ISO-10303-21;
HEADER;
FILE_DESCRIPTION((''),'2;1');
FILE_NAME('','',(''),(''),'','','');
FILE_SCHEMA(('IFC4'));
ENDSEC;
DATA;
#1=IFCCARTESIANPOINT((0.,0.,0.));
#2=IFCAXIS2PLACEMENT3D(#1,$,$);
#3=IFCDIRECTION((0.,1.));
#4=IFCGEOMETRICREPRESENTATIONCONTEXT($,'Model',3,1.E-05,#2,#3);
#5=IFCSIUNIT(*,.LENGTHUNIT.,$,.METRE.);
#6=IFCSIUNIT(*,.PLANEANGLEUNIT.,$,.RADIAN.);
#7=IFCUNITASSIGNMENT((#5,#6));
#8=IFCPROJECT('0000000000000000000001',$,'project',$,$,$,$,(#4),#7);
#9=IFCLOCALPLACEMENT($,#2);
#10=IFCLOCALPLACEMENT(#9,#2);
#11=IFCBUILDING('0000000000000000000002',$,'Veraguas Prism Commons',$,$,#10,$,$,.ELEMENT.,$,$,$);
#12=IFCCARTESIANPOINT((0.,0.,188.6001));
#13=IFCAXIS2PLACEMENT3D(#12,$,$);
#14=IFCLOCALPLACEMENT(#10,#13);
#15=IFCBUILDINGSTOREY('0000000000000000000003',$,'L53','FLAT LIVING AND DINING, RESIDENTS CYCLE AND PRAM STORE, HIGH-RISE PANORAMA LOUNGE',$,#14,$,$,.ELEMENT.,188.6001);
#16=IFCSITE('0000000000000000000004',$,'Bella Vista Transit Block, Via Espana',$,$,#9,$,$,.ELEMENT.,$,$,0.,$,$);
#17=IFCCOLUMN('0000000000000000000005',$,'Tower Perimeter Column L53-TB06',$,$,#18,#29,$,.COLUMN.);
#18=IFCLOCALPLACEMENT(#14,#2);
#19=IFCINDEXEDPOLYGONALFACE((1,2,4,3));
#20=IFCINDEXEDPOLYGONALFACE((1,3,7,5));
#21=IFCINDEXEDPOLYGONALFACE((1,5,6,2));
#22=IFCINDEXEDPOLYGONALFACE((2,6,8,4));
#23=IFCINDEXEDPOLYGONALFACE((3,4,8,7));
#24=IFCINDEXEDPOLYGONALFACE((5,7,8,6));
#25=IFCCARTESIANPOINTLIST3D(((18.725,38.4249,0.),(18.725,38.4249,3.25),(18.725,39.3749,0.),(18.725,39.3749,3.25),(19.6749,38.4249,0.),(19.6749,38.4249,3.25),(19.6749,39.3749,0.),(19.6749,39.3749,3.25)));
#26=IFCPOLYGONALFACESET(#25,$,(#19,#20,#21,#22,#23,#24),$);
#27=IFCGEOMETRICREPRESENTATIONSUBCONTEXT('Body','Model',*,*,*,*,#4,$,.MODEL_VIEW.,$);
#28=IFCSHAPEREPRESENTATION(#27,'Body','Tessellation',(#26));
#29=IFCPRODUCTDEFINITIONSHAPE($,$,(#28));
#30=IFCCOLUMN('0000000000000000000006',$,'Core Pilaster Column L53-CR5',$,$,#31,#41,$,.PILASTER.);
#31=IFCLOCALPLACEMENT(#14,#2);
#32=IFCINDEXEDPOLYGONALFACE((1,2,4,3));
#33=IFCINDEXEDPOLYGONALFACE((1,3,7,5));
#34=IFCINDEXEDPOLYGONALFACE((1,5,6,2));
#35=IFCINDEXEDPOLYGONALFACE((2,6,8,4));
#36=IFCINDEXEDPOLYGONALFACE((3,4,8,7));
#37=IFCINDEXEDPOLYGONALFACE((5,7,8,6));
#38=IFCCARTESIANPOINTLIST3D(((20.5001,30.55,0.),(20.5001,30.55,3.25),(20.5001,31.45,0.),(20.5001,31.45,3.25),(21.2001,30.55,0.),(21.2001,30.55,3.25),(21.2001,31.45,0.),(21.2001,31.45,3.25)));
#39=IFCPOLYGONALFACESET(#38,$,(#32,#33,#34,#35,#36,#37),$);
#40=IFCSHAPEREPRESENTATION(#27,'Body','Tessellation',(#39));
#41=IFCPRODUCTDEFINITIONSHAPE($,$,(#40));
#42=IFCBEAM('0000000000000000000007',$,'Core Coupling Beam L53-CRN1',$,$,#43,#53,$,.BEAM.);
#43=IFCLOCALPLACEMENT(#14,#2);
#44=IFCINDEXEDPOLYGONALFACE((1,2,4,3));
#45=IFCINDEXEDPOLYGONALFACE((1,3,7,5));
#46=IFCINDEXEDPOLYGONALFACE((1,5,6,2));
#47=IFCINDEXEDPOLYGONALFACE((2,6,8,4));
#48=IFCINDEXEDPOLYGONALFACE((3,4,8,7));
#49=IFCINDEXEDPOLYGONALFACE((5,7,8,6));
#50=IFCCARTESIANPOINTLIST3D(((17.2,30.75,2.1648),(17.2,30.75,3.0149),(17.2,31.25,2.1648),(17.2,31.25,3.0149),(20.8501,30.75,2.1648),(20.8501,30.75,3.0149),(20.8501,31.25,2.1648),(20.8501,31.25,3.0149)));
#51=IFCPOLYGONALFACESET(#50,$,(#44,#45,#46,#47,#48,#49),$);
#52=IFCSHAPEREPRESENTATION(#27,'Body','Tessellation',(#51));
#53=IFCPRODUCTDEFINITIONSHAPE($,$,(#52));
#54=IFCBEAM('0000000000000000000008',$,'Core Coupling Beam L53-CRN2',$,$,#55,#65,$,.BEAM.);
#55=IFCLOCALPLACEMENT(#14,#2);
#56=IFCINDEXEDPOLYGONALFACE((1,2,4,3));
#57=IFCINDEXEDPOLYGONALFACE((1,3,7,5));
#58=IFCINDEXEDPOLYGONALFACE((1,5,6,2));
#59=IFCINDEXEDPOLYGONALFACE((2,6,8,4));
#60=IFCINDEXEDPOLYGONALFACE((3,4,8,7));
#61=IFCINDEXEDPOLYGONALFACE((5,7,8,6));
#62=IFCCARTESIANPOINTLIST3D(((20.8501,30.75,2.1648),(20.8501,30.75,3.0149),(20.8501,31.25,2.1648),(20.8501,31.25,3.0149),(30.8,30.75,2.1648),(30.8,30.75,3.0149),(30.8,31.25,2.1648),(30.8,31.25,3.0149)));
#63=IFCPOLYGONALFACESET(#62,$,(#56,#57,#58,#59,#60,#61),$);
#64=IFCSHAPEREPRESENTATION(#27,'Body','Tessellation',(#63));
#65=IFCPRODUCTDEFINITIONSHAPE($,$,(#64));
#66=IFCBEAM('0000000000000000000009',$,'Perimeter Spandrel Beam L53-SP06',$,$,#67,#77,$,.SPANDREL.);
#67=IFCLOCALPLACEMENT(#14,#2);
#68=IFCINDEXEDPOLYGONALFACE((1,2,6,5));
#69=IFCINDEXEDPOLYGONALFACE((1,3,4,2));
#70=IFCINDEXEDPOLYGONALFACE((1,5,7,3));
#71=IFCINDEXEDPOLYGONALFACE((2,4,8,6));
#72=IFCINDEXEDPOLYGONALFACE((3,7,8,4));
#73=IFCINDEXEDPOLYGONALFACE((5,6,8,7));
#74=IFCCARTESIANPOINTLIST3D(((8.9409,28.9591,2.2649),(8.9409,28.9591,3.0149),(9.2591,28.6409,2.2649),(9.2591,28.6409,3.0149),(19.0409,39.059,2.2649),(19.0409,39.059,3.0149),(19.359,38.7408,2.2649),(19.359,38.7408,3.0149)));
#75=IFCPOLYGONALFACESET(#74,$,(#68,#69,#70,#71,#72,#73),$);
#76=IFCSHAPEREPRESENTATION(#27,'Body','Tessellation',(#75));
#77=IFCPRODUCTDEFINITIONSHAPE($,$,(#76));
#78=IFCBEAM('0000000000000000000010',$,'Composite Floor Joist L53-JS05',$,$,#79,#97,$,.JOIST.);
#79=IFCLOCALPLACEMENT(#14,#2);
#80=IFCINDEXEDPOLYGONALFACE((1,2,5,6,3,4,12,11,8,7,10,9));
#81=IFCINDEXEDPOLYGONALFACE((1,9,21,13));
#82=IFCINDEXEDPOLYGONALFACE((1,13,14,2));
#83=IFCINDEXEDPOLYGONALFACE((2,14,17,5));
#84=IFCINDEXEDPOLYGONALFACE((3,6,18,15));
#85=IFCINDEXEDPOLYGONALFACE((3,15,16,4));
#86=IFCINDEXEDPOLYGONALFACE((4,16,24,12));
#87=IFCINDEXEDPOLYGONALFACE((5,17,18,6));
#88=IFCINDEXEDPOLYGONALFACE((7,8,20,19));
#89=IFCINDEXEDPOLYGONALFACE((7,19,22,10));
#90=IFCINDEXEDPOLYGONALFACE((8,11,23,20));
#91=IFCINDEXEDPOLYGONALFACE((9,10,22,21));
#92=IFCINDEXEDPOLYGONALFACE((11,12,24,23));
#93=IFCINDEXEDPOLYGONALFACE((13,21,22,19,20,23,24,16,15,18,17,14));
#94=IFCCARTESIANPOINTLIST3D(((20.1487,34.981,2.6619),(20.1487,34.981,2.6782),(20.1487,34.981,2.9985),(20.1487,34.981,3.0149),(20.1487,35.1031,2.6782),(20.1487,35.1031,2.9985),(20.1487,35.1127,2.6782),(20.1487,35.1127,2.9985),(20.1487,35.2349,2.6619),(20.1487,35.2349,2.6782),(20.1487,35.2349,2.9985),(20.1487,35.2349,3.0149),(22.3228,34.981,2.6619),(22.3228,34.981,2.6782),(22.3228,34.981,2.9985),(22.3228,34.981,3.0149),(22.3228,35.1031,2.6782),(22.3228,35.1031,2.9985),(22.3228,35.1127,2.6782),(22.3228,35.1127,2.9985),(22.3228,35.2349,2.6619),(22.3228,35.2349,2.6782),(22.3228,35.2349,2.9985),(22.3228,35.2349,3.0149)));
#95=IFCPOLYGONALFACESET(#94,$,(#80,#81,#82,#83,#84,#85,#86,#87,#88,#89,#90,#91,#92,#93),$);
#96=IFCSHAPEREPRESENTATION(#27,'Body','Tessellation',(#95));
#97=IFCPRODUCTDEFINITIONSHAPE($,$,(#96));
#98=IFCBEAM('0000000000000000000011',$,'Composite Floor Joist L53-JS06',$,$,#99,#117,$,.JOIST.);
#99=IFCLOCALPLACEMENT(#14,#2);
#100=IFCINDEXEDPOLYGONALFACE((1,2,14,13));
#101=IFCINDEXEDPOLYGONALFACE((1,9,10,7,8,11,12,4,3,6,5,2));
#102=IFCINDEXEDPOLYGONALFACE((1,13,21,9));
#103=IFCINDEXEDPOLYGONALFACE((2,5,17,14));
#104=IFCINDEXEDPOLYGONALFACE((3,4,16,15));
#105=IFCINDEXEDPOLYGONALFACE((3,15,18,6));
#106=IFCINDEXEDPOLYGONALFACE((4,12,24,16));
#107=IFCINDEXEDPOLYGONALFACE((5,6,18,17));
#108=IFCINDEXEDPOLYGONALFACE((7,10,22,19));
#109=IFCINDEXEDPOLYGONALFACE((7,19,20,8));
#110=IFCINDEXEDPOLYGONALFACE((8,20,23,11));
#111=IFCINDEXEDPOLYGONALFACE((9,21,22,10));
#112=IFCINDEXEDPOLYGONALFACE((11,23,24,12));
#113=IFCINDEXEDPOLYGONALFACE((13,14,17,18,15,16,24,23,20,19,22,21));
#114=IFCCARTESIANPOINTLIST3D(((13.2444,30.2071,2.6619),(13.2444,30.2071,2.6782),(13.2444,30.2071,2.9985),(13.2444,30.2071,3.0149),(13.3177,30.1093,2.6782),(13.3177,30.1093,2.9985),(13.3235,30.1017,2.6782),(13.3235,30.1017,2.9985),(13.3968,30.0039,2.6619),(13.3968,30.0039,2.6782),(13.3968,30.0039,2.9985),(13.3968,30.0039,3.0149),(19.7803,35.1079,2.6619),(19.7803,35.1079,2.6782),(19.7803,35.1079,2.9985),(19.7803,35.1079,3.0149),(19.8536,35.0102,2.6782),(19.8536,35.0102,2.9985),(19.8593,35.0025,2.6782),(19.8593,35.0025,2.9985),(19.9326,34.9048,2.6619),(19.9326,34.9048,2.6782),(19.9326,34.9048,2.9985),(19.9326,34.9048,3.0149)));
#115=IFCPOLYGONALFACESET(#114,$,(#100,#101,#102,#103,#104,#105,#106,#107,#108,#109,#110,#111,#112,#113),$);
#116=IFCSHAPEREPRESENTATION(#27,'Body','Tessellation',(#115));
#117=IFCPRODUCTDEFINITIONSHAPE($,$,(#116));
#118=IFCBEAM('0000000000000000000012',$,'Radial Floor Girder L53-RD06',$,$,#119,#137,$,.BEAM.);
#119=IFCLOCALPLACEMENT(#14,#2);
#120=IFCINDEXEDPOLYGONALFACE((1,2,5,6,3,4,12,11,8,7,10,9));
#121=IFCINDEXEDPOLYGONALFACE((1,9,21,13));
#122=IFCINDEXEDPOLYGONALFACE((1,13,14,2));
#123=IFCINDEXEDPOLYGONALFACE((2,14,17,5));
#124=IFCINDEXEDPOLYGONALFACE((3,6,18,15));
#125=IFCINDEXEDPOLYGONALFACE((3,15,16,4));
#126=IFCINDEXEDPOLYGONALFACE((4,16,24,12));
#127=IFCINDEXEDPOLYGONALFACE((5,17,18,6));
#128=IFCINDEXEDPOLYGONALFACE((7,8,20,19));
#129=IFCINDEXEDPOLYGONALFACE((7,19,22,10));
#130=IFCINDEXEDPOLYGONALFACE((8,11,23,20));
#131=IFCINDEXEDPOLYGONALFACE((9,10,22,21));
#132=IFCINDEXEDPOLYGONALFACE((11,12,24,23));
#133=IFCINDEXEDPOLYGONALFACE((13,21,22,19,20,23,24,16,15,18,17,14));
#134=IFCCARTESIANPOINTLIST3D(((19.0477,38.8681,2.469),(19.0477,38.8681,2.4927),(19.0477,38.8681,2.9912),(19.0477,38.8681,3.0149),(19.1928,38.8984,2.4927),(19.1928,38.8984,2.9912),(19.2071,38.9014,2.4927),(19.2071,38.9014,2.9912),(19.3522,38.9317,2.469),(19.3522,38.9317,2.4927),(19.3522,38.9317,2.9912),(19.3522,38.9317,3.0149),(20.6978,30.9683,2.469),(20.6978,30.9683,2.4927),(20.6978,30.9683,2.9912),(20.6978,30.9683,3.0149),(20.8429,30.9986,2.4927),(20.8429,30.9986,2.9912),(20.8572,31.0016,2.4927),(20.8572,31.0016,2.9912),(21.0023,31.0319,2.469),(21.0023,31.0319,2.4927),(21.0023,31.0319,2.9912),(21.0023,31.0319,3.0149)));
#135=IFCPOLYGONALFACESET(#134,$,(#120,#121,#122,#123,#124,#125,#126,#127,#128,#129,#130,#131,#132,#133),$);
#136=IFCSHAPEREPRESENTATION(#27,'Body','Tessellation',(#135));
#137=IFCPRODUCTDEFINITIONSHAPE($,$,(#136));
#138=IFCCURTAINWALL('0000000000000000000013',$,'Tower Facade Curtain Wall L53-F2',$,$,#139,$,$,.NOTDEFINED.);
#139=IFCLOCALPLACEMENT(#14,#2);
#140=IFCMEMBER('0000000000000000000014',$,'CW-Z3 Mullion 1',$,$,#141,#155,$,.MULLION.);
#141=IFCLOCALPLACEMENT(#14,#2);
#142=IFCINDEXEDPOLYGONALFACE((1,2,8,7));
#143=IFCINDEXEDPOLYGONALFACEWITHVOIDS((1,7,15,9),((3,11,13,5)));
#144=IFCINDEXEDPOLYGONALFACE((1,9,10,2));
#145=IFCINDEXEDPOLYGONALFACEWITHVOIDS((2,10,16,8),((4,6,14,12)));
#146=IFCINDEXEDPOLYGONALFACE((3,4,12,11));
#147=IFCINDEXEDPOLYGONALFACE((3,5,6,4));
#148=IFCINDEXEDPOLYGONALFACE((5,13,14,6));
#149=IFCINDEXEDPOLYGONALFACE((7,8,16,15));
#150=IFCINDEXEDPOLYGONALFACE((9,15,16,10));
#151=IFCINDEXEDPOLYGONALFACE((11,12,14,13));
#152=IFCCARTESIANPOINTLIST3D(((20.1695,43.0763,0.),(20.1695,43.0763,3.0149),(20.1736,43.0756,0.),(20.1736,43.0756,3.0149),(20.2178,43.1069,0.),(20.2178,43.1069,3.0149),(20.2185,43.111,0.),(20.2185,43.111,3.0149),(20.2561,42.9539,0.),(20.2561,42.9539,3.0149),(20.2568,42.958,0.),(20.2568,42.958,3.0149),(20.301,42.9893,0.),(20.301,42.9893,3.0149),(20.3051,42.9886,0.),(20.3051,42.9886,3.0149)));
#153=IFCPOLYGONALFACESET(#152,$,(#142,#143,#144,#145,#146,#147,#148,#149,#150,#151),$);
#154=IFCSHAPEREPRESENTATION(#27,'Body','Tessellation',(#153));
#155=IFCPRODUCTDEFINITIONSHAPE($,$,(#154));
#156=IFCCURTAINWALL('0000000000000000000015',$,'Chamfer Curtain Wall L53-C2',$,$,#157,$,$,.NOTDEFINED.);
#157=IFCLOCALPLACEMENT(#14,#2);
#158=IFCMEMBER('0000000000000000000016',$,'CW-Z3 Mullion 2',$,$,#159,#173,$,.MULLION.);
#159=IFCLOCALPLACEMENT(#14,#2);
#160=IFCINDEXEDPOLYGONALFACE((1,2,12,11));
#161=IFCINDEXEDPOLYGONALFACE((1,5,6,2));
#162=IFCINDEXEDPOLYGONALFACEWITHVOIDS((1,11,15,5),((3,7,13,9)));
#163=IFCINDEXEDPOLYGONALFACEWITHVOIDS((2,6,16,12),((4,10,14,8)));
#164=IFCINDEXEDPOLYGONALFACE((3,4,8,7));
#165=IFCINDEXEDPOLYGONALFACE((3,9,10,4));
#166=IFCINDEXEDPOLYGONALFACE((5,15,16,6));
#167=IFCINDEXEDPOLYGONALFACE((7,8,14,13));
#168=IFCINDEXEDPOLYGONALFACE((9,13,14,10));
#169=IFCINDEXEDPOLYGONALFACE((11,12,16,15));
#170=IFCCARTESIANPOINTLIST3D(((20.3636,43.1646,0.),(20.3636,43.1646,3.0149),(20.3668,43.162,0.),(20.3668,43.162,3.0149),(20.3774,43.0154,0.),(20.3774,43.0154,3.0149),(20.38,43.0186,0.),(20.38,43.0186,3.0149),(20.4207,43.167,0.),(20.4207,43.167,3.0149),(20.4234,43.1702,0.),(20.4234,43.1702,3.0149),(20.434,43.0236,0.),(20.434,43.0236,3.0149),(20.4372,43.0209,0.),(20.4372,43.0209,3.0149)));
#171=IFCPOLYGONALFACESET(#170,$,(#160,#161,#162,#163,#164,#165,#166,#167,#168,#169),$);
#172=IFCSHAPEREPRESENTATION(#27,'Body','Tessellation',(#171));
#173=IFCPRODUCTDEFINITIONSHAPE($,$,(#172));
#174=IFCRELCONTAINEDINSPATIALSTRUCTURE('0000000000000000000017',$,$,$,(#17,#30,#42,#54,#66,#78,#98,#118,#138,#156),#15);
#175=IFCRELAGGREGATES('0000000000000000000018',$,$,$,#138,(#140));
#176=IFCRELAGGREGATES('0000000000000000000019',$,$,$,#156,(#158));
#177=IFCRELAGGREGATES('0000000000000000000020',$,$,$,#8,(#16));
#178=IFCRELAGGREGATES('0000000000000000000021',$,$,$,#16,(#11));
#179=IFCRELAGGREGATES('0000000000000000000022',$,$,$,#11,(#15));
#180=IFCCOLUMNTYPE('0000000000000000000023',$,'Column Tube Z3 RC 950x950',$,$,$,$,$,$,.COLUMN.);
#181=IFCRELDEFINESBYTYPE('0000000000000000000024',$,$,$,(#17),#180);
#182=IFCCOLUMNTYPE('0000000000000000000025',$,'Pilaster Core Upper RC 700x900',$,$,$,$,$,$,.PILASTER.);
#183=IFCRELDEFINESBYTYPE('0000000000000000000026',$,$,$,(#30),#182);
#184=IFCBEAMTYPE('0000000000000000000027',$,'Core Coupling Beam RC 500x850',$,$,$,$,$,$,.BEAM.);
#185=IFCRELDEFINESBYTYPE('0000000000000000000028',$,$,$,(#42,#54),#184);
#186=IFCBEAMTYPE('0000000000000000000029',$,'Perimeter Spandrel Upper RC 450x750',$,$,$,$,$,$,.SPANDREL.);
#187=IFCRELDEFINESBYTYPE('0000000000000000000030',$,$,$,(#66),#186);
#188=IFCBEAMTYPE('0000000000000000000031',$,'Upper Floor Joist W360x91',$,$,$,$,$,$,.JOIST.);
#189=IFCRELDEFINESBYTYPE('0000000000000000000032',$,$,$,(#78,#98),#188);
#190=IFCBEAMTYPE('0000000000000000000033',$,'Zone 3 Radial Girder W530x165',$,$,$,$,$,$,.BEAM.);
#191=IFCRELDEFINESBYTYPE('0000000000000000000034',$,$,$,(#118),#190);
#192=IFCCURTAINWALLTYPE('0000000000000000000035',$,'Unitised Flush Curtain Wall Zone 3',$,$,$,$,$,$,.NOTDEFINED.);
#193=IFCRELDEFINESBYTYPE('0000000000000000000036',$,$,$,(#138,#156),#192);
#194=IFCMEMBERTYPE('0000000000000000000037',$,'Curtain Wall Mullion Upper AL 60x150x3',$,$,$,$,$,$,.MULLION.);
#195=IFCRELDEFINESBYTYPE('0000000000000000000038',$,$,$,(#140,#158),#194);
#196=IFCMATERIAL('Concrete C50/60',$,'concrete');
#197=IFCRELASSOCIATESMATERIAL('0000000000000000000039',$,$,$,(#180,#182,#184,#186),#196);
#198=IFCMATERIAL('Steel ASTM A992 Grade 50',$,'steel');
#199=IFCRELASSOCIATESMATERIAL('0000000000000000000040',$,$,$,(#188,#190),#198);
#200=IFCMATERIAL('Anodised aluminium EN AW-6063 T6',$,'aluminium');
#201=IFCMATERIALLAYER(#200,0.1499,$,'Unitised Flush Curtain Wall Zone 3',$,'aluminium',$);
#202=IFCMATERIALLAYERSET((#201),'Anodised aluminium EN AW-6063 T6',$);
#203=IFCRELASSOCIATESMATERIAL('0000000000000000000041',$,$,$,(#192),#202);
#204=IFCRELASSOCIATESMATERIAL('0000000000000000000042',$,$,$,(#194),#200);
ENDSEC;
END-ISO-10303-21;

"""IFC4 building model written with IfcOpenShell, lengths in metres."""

from ifc_helpers import new_model, si_unit, direction, frame, origin, origin_2d, place, context, subcontext, project, spatial, rectangle, hollow_rectangle, i_section, extrude, source, transform, mapped, material, layer, layer_set, material_profile, profile_set, type_object, element, aggregate, save


model = new_model("IFC4")

# Units and contexts
model_context = context("Model", 3, precision=1e-05, world=origin(), true_north=direction((0.0, 1.0)))
body_context = subcontext(model_context, "Body", "Model", "MODEL_VIEW")
ifc_project = project(units=[si_unit("LENGTHUNIT", "METRE"), si_unit("PLANEANGLEUNIT", "RADIAN")], contexts=[model_context])

# Site, building, storey
site_placement = place(None, origin())
site = spatial("IfcSite", under=ifc_project, at=site_placement, Name="Bella Vista Transit Block, Via Espana", CompositionType="ELEMENT", RefElevation=0.0)
building_placement = place(site_placement, origin())
building = spatial("IfcBuilding", under=site, at=building_placement, Name="Veraguas Prism Commons", CompositionType="ELEMENT")
storey_placement = place(building_placement, frame((0.0, 0.0, 188.6001)))
storey = spatial("IfcBuildingStorey", under=building, at=storey_placement, Name="L53", Description="FLAT LIVING AND DINING, RESIDENTS CYCLE AND PRAM STORE, HIGH-RISE PANORAMA LOUNGE", CompositionType="ELEMENT", Elevation=188.6001)

# Columns
ifc_material_1 = material(Name="Concrete C50/60", Category="concrete")
ifc_material_profile_1 = material_profile(ifc_material_1, rectangle(XDim=0.95, YDim=0.95, at=origin_2d()), Name="RC950X950")
ifc_profile_set_1 = profile_set([ifc_material_profile_1], Name="Concrete C50/60")
column_type_1 = type_object("IfcColumnType", Name="Column Tube Z3 RC 950x950", PredefinedType="COLUMN", material=ifc_profile_set_1)
column_1_placement = place(storey_placement, frame((19.2, 38.8999, 0.0), z_axis=(0.0, 0.0, 1.0), x_axis=(1.0, 0.0, 0.0)))
element("IfcColumn", 1, at=column_1_placement, inside=storey, type_object=column_type_1, Name="Tower Perimeter Column L53-TB06", PredefinedType="COLUMN", context=body_context, shape_type="SweptSolid", body=[
    extrude(rectangle(XDim=0.95, YDim=0.95, at=origin_2d()), origin(), (0.0, 0.0, 1.0), 3.25),
])
ifc_material_profile_2 = material_profile(ifc_material_1, rectangle(XDim=0.7, YDim=0.8999, at=origin_2d()), Name="RC700X900")
ifc_profile_set_2 = profile_set([ifc_material_profile_2], Name="Concrete C50/60")
column_type_2 = type_object("IfcColumnType", Name="Pilaster Core Upper RC 700x900", PredefinedType="PILASTER", material=ifc_profile_set_2)
column_2_placement = place(storey_placement, frame((20.8501, 31.0, 0.0), z_axis=(0.0, 0.0, 1.0), x_axis=(1.0, 0.0, 0.0)))
element("IfcColumn", 2, at=column_2_placement, inside=storey, type_object=column_type_2, Name="Core Pilaster Column L53-CR5", PredefinedType="PILASTER", context=body_context, shape_type="SweptSolid", body=[
    extrude(rectangle(XDim=0.7, YDim=0.8999, at=origin_2d()), origin(), (0.0, 0.0, 1.0), 3.25),
])

# Beams
ifc_material_profile_3 = material_profile(ifc_material_1, rectangle(XDim=0.5, YDim=0.8501, at=origin_2d()), Name="RC500X850")
ifc_profile_set_3 = profile_set([ifc_material_profile_3], Name="Concrete C50/60")
beam_type_1 = type_object("IfcBeamType", Name="Core Coupling Beam RC 500x850", PredefinedType="BEAM", material=ifc_profile_set_3)
beam_1_placement = place(storey_placement, frame((17.2, 31.0, 2.5898), z_axis=(1.0, 0.0, 0.0), x_axis=(0.0, 1.0, 0.0)))
element("IfcBeam", 3, at=beam_1_placement, inside=storey, type_object=beam_type_1, Name="Core Coupling Beam L53-CRN1", PredefinedType="BEAM", context=body_context, shape_type="SweptSolid", body=[
    extrude(rectangle(XDim=0.5, YDim=0.8501, at=origin_2d()), origin(), (0.0, 0.0, 1.0), 3.6501),
])
beam_2_placement = place(storey_placement, frame((20.8501, 31.0, 2.5898), z_axis=(1.0, 0.0, 0.0), x_axis=(0.0, 1.0, 0.0)))
element("IfcBeam", 4, at=beam_2_placement, inside=storey, type_object=beam_type_1, Name="Core Coupling Beam L53-CRN2", PredefinedType="BEAM", context=body_context, shape_type="SweptSolid", body=[
    extrude(rectangle(XDim=0.5, YDim=0.8501, at=origin_2d()), origin(), (0.0, 0.0, 1.0), 9.95),
])
ifc_material_profile_4 = material_profile(ifc_material_1, rectangle(XDim=0.45, YDim=0.75, at=origin_2d()), Name="RC450X750")
ifc_profile_set_4 = profile_set([ifc_material_profile_4], Name="Concrete C50/60")
beam_type_2 = type_object("IfcBeamType", Name="Perimeter Spandrel Upper RC 450x750", PredefinedType="SPANDREL", material=ifc_profile_set_4)
beam_3_placement = place(storey_placement, frame((19.2, 38.8999, 2.6399), z_axis=(-0.707107, -0.707107, 0.0), x_axis=(0.707107, -0.707107, 0.0)))
element("IfcBeam", 5, at=beam_3_placement, inside=storey, type_object=beam_type_2, Name="Perimeter Spandrel Beam L53-SP06", PredefinedType="SPANDREL", context=body_context, shape_type="SweptSolid", body=[
    extrude(rectangle(XDim=0.45, YDim=0.75, at=origin_2d()), origin(), (0.0, 0.0, 1.0), 14.2834),
])
ifc_material_2 = material(Name="Steel ASTM A992 Grade 50", Category="steel")
ifc_material_profile_5 = material_profile(ifc_material_2, i_section(OverallWidth=0.2539, OverallDepth=0.353, WebThickness=0.0095, FlangeThickness=0.0164, at=origin_2d()), Name="W360X91")
ifc_profile_set_5 = profile_set([ifc_material_profile_5], Name="Steel ASTM A992 Grade 50")
beam_type_3 = type_object("IfcBeamType", Name="Upper Floor Joist W360x91", PredefinedType="JOIST", material=ifc_profile_set_5)
beam_4_placement = place(storey_placement, frame((22.3228, 35.1079, 2.8384), z_axis=(-1.0, 0.0, 0.0), x_axis=(0.0, -1.0, 0.0)))
element("IfcBeam", 6, at=beam_4_placement, inside=storey, type_object=beam_type_3, Name="Composite Floor Joist L53-JS05", PredefinedType="JOIST", context=body_context, shape_type="SweptSolid", body=[
    extrude(i_section(OverallWidth=0.2539, OverallDepth=0.353, WebThickness=0.0095, FlangeThickness=0.0164, at=origin_2d()), origin(), (0.0, 0.0, 1.0), 2.1741),
])
beam_5_placement = place(storey_placement, frame((19.8564, 35.0063, 2.8384), z_axis=(-0.800061, -0.599919, 0.0), x_axis=(0.599919, -0.800061, 0.0)))
element("IfcBeam", 7, at=beam_5_placement, inside=storey, type_object=beam_type_3, Name="Composite Floor Joist L53-JS06", PredefinedType="JOIST", context=body_context, shape_type="SweptSolid", body=[
    extrude(i_section(OverallWidth=0.2539, OverallDepth=0.353, WebThickness=0.0095, FlangeThickness=0.0164, at=origin_2d()), origin(), (0.0, 0.0, 1.0), 8.1692),
])
ifc_material_profile_6 = material_profile(ifc_material_2, i_section(OverallWidth=0.311, OverallDepth=0.5459, WebThickness=0.0146, FlangeThickness=0.0237, at=origin_2d()), Name="W530X165")
ifc_profile_set_6 = profile_set([ifc_material_profile_6], Name="Steel ASTM A992 Grade 50")
beam_type_4 = type_object("IfcBeamType", Name="Zone 3 Radial Girder W530x165", PredefinedType="BEAM", material=ifc_profile_set_6)
beam_6_placement = place(storey_placement, frame((19.2, 38.8999, 2.7419), z_axis=(0.204469, -0.978873, 0.0), x_axis=(0.978873, 0.204469, 0.0)))
element("IfcBeam", 8, at=beam_6_placement, inside=storey, type_object=beam_type_4, Name="Radial Floor Girder L53-RD06", PredefinedType="BEAM", context=body_context, shape_type="SweptSolid", body=[
    extrude(i_section(OverallWidth=0.311, OverallDepth=0.5459, WebThickness=0.0146, FlangeThickness=0.0237, at=origin_2d()), origin(), (0.0, 0.0, 1.0), 8.0703),
])

# Curtain walls, members
ifc_material_3 = material(Name="Anodised aluminium EN AW-6063 T6", Category="aluminium")
ifc_layer_1 = layer(ifc_material_3, 0.1499, Name="Unitised Flush Curtain Wall Zone 3", Category="aluminium")
ifc_layer_set_1 = layer_set([ifc_layer_1], Name="Anodised aluminium EN AW-6063 T6")
curtain_wall_type = type_object("IfcCurtainWallType", Name="Unitised Flush Curtain Wall Zone 3", PredefinedType="NOTDEFINED", material=ifc_layer_set_1)
curtain_wall_1_placement = place(storey_placement, origin())
curtain_wall_1 = element("IfcCurtainWall", 9, at=curtain_wall_1_placement, inside=storey, type_object=curtain_wall_type, Name="Tower Facade Curtain Wall L53-F2", PredefinedType="NOTDEFINED")
ifc_material_profile_7 = material_profile(ifc_material_3, hollow_rectangle(XDim=0.0601, YDim=0.1499, WallThickness=0.0029, at=origin_2d()), Name="AL60X150X3")
ifc_profile_set_7 = profile_set([ifc_material_profile_7], Name="Anodised aluminium EN AW-6063 T6")
member_type_1 = type_object("IfcMemberType", Name="Curtain Wall Mullion Upper AL 60x150x3", PredefinedType="MULLION", material=ifc_profile_set_7)
shared_shape_1 = source(origin(), body_context, "Body", "SweptSolid", [
    extrude(hollow_rectangle(XDim=0.0601, YDim=0.1499, WallThickness=0.0029, at=origin_2d()), origin(), (0.0, 0.0, 1.0), 3.0149),
])
member_1_placement = place(storey_placement, frame((20.2373, 43.0325, 0.0), z_axis=(0.0, 0.0, 1.0), x_axis=(-0.816341, -0.57757, 0.0)))
member_1 = element("IfcMember", 10, at=member_1_placement, type_object=member_type_1, Name="CW-Z3 Mullion 1", PredefinedType="MULLION", context=body_context, shape_type="MappedRepresentation", body=[
    mapped(shared_shape_1, transform((0.0, 0.0, 0.0), scale=1.0)),
])
curtain_wall_2_placement = place(storey_placement, origin())
curtain_wall_2 = element("IfcCurtainWall", 11, at=curtain_wall_2_placement, inside=storey, type_object=curtain_wall_type, Name="Chamfer Curtain Wall L53-C2", PredefinedType="NOTDEFINED")
member_2_placement = place(storey_placement, frame((20.4004, 43.0928, 0.0), z_axis=(0.0, 0.0, 1.0), x_axis=(-0.995755, -0.092046, 0.0)))
member_2 = element("IfcMember", 12, at=member_2_placement, type_object=member_type_1, Name="CW-Z3 Mullion 2", PredefinedType="MULLION", context=body_context, shape_type="MappedRepresentation", body=[
    mapped(shared_shape_1, transform((0.0, 0.0, 0.0), scale=1.0)),
])

aggregate(curtain_wall_1, [member_1])
aggregate(curtain_wall_2, [member_2])

save(model, "model.ifc")
